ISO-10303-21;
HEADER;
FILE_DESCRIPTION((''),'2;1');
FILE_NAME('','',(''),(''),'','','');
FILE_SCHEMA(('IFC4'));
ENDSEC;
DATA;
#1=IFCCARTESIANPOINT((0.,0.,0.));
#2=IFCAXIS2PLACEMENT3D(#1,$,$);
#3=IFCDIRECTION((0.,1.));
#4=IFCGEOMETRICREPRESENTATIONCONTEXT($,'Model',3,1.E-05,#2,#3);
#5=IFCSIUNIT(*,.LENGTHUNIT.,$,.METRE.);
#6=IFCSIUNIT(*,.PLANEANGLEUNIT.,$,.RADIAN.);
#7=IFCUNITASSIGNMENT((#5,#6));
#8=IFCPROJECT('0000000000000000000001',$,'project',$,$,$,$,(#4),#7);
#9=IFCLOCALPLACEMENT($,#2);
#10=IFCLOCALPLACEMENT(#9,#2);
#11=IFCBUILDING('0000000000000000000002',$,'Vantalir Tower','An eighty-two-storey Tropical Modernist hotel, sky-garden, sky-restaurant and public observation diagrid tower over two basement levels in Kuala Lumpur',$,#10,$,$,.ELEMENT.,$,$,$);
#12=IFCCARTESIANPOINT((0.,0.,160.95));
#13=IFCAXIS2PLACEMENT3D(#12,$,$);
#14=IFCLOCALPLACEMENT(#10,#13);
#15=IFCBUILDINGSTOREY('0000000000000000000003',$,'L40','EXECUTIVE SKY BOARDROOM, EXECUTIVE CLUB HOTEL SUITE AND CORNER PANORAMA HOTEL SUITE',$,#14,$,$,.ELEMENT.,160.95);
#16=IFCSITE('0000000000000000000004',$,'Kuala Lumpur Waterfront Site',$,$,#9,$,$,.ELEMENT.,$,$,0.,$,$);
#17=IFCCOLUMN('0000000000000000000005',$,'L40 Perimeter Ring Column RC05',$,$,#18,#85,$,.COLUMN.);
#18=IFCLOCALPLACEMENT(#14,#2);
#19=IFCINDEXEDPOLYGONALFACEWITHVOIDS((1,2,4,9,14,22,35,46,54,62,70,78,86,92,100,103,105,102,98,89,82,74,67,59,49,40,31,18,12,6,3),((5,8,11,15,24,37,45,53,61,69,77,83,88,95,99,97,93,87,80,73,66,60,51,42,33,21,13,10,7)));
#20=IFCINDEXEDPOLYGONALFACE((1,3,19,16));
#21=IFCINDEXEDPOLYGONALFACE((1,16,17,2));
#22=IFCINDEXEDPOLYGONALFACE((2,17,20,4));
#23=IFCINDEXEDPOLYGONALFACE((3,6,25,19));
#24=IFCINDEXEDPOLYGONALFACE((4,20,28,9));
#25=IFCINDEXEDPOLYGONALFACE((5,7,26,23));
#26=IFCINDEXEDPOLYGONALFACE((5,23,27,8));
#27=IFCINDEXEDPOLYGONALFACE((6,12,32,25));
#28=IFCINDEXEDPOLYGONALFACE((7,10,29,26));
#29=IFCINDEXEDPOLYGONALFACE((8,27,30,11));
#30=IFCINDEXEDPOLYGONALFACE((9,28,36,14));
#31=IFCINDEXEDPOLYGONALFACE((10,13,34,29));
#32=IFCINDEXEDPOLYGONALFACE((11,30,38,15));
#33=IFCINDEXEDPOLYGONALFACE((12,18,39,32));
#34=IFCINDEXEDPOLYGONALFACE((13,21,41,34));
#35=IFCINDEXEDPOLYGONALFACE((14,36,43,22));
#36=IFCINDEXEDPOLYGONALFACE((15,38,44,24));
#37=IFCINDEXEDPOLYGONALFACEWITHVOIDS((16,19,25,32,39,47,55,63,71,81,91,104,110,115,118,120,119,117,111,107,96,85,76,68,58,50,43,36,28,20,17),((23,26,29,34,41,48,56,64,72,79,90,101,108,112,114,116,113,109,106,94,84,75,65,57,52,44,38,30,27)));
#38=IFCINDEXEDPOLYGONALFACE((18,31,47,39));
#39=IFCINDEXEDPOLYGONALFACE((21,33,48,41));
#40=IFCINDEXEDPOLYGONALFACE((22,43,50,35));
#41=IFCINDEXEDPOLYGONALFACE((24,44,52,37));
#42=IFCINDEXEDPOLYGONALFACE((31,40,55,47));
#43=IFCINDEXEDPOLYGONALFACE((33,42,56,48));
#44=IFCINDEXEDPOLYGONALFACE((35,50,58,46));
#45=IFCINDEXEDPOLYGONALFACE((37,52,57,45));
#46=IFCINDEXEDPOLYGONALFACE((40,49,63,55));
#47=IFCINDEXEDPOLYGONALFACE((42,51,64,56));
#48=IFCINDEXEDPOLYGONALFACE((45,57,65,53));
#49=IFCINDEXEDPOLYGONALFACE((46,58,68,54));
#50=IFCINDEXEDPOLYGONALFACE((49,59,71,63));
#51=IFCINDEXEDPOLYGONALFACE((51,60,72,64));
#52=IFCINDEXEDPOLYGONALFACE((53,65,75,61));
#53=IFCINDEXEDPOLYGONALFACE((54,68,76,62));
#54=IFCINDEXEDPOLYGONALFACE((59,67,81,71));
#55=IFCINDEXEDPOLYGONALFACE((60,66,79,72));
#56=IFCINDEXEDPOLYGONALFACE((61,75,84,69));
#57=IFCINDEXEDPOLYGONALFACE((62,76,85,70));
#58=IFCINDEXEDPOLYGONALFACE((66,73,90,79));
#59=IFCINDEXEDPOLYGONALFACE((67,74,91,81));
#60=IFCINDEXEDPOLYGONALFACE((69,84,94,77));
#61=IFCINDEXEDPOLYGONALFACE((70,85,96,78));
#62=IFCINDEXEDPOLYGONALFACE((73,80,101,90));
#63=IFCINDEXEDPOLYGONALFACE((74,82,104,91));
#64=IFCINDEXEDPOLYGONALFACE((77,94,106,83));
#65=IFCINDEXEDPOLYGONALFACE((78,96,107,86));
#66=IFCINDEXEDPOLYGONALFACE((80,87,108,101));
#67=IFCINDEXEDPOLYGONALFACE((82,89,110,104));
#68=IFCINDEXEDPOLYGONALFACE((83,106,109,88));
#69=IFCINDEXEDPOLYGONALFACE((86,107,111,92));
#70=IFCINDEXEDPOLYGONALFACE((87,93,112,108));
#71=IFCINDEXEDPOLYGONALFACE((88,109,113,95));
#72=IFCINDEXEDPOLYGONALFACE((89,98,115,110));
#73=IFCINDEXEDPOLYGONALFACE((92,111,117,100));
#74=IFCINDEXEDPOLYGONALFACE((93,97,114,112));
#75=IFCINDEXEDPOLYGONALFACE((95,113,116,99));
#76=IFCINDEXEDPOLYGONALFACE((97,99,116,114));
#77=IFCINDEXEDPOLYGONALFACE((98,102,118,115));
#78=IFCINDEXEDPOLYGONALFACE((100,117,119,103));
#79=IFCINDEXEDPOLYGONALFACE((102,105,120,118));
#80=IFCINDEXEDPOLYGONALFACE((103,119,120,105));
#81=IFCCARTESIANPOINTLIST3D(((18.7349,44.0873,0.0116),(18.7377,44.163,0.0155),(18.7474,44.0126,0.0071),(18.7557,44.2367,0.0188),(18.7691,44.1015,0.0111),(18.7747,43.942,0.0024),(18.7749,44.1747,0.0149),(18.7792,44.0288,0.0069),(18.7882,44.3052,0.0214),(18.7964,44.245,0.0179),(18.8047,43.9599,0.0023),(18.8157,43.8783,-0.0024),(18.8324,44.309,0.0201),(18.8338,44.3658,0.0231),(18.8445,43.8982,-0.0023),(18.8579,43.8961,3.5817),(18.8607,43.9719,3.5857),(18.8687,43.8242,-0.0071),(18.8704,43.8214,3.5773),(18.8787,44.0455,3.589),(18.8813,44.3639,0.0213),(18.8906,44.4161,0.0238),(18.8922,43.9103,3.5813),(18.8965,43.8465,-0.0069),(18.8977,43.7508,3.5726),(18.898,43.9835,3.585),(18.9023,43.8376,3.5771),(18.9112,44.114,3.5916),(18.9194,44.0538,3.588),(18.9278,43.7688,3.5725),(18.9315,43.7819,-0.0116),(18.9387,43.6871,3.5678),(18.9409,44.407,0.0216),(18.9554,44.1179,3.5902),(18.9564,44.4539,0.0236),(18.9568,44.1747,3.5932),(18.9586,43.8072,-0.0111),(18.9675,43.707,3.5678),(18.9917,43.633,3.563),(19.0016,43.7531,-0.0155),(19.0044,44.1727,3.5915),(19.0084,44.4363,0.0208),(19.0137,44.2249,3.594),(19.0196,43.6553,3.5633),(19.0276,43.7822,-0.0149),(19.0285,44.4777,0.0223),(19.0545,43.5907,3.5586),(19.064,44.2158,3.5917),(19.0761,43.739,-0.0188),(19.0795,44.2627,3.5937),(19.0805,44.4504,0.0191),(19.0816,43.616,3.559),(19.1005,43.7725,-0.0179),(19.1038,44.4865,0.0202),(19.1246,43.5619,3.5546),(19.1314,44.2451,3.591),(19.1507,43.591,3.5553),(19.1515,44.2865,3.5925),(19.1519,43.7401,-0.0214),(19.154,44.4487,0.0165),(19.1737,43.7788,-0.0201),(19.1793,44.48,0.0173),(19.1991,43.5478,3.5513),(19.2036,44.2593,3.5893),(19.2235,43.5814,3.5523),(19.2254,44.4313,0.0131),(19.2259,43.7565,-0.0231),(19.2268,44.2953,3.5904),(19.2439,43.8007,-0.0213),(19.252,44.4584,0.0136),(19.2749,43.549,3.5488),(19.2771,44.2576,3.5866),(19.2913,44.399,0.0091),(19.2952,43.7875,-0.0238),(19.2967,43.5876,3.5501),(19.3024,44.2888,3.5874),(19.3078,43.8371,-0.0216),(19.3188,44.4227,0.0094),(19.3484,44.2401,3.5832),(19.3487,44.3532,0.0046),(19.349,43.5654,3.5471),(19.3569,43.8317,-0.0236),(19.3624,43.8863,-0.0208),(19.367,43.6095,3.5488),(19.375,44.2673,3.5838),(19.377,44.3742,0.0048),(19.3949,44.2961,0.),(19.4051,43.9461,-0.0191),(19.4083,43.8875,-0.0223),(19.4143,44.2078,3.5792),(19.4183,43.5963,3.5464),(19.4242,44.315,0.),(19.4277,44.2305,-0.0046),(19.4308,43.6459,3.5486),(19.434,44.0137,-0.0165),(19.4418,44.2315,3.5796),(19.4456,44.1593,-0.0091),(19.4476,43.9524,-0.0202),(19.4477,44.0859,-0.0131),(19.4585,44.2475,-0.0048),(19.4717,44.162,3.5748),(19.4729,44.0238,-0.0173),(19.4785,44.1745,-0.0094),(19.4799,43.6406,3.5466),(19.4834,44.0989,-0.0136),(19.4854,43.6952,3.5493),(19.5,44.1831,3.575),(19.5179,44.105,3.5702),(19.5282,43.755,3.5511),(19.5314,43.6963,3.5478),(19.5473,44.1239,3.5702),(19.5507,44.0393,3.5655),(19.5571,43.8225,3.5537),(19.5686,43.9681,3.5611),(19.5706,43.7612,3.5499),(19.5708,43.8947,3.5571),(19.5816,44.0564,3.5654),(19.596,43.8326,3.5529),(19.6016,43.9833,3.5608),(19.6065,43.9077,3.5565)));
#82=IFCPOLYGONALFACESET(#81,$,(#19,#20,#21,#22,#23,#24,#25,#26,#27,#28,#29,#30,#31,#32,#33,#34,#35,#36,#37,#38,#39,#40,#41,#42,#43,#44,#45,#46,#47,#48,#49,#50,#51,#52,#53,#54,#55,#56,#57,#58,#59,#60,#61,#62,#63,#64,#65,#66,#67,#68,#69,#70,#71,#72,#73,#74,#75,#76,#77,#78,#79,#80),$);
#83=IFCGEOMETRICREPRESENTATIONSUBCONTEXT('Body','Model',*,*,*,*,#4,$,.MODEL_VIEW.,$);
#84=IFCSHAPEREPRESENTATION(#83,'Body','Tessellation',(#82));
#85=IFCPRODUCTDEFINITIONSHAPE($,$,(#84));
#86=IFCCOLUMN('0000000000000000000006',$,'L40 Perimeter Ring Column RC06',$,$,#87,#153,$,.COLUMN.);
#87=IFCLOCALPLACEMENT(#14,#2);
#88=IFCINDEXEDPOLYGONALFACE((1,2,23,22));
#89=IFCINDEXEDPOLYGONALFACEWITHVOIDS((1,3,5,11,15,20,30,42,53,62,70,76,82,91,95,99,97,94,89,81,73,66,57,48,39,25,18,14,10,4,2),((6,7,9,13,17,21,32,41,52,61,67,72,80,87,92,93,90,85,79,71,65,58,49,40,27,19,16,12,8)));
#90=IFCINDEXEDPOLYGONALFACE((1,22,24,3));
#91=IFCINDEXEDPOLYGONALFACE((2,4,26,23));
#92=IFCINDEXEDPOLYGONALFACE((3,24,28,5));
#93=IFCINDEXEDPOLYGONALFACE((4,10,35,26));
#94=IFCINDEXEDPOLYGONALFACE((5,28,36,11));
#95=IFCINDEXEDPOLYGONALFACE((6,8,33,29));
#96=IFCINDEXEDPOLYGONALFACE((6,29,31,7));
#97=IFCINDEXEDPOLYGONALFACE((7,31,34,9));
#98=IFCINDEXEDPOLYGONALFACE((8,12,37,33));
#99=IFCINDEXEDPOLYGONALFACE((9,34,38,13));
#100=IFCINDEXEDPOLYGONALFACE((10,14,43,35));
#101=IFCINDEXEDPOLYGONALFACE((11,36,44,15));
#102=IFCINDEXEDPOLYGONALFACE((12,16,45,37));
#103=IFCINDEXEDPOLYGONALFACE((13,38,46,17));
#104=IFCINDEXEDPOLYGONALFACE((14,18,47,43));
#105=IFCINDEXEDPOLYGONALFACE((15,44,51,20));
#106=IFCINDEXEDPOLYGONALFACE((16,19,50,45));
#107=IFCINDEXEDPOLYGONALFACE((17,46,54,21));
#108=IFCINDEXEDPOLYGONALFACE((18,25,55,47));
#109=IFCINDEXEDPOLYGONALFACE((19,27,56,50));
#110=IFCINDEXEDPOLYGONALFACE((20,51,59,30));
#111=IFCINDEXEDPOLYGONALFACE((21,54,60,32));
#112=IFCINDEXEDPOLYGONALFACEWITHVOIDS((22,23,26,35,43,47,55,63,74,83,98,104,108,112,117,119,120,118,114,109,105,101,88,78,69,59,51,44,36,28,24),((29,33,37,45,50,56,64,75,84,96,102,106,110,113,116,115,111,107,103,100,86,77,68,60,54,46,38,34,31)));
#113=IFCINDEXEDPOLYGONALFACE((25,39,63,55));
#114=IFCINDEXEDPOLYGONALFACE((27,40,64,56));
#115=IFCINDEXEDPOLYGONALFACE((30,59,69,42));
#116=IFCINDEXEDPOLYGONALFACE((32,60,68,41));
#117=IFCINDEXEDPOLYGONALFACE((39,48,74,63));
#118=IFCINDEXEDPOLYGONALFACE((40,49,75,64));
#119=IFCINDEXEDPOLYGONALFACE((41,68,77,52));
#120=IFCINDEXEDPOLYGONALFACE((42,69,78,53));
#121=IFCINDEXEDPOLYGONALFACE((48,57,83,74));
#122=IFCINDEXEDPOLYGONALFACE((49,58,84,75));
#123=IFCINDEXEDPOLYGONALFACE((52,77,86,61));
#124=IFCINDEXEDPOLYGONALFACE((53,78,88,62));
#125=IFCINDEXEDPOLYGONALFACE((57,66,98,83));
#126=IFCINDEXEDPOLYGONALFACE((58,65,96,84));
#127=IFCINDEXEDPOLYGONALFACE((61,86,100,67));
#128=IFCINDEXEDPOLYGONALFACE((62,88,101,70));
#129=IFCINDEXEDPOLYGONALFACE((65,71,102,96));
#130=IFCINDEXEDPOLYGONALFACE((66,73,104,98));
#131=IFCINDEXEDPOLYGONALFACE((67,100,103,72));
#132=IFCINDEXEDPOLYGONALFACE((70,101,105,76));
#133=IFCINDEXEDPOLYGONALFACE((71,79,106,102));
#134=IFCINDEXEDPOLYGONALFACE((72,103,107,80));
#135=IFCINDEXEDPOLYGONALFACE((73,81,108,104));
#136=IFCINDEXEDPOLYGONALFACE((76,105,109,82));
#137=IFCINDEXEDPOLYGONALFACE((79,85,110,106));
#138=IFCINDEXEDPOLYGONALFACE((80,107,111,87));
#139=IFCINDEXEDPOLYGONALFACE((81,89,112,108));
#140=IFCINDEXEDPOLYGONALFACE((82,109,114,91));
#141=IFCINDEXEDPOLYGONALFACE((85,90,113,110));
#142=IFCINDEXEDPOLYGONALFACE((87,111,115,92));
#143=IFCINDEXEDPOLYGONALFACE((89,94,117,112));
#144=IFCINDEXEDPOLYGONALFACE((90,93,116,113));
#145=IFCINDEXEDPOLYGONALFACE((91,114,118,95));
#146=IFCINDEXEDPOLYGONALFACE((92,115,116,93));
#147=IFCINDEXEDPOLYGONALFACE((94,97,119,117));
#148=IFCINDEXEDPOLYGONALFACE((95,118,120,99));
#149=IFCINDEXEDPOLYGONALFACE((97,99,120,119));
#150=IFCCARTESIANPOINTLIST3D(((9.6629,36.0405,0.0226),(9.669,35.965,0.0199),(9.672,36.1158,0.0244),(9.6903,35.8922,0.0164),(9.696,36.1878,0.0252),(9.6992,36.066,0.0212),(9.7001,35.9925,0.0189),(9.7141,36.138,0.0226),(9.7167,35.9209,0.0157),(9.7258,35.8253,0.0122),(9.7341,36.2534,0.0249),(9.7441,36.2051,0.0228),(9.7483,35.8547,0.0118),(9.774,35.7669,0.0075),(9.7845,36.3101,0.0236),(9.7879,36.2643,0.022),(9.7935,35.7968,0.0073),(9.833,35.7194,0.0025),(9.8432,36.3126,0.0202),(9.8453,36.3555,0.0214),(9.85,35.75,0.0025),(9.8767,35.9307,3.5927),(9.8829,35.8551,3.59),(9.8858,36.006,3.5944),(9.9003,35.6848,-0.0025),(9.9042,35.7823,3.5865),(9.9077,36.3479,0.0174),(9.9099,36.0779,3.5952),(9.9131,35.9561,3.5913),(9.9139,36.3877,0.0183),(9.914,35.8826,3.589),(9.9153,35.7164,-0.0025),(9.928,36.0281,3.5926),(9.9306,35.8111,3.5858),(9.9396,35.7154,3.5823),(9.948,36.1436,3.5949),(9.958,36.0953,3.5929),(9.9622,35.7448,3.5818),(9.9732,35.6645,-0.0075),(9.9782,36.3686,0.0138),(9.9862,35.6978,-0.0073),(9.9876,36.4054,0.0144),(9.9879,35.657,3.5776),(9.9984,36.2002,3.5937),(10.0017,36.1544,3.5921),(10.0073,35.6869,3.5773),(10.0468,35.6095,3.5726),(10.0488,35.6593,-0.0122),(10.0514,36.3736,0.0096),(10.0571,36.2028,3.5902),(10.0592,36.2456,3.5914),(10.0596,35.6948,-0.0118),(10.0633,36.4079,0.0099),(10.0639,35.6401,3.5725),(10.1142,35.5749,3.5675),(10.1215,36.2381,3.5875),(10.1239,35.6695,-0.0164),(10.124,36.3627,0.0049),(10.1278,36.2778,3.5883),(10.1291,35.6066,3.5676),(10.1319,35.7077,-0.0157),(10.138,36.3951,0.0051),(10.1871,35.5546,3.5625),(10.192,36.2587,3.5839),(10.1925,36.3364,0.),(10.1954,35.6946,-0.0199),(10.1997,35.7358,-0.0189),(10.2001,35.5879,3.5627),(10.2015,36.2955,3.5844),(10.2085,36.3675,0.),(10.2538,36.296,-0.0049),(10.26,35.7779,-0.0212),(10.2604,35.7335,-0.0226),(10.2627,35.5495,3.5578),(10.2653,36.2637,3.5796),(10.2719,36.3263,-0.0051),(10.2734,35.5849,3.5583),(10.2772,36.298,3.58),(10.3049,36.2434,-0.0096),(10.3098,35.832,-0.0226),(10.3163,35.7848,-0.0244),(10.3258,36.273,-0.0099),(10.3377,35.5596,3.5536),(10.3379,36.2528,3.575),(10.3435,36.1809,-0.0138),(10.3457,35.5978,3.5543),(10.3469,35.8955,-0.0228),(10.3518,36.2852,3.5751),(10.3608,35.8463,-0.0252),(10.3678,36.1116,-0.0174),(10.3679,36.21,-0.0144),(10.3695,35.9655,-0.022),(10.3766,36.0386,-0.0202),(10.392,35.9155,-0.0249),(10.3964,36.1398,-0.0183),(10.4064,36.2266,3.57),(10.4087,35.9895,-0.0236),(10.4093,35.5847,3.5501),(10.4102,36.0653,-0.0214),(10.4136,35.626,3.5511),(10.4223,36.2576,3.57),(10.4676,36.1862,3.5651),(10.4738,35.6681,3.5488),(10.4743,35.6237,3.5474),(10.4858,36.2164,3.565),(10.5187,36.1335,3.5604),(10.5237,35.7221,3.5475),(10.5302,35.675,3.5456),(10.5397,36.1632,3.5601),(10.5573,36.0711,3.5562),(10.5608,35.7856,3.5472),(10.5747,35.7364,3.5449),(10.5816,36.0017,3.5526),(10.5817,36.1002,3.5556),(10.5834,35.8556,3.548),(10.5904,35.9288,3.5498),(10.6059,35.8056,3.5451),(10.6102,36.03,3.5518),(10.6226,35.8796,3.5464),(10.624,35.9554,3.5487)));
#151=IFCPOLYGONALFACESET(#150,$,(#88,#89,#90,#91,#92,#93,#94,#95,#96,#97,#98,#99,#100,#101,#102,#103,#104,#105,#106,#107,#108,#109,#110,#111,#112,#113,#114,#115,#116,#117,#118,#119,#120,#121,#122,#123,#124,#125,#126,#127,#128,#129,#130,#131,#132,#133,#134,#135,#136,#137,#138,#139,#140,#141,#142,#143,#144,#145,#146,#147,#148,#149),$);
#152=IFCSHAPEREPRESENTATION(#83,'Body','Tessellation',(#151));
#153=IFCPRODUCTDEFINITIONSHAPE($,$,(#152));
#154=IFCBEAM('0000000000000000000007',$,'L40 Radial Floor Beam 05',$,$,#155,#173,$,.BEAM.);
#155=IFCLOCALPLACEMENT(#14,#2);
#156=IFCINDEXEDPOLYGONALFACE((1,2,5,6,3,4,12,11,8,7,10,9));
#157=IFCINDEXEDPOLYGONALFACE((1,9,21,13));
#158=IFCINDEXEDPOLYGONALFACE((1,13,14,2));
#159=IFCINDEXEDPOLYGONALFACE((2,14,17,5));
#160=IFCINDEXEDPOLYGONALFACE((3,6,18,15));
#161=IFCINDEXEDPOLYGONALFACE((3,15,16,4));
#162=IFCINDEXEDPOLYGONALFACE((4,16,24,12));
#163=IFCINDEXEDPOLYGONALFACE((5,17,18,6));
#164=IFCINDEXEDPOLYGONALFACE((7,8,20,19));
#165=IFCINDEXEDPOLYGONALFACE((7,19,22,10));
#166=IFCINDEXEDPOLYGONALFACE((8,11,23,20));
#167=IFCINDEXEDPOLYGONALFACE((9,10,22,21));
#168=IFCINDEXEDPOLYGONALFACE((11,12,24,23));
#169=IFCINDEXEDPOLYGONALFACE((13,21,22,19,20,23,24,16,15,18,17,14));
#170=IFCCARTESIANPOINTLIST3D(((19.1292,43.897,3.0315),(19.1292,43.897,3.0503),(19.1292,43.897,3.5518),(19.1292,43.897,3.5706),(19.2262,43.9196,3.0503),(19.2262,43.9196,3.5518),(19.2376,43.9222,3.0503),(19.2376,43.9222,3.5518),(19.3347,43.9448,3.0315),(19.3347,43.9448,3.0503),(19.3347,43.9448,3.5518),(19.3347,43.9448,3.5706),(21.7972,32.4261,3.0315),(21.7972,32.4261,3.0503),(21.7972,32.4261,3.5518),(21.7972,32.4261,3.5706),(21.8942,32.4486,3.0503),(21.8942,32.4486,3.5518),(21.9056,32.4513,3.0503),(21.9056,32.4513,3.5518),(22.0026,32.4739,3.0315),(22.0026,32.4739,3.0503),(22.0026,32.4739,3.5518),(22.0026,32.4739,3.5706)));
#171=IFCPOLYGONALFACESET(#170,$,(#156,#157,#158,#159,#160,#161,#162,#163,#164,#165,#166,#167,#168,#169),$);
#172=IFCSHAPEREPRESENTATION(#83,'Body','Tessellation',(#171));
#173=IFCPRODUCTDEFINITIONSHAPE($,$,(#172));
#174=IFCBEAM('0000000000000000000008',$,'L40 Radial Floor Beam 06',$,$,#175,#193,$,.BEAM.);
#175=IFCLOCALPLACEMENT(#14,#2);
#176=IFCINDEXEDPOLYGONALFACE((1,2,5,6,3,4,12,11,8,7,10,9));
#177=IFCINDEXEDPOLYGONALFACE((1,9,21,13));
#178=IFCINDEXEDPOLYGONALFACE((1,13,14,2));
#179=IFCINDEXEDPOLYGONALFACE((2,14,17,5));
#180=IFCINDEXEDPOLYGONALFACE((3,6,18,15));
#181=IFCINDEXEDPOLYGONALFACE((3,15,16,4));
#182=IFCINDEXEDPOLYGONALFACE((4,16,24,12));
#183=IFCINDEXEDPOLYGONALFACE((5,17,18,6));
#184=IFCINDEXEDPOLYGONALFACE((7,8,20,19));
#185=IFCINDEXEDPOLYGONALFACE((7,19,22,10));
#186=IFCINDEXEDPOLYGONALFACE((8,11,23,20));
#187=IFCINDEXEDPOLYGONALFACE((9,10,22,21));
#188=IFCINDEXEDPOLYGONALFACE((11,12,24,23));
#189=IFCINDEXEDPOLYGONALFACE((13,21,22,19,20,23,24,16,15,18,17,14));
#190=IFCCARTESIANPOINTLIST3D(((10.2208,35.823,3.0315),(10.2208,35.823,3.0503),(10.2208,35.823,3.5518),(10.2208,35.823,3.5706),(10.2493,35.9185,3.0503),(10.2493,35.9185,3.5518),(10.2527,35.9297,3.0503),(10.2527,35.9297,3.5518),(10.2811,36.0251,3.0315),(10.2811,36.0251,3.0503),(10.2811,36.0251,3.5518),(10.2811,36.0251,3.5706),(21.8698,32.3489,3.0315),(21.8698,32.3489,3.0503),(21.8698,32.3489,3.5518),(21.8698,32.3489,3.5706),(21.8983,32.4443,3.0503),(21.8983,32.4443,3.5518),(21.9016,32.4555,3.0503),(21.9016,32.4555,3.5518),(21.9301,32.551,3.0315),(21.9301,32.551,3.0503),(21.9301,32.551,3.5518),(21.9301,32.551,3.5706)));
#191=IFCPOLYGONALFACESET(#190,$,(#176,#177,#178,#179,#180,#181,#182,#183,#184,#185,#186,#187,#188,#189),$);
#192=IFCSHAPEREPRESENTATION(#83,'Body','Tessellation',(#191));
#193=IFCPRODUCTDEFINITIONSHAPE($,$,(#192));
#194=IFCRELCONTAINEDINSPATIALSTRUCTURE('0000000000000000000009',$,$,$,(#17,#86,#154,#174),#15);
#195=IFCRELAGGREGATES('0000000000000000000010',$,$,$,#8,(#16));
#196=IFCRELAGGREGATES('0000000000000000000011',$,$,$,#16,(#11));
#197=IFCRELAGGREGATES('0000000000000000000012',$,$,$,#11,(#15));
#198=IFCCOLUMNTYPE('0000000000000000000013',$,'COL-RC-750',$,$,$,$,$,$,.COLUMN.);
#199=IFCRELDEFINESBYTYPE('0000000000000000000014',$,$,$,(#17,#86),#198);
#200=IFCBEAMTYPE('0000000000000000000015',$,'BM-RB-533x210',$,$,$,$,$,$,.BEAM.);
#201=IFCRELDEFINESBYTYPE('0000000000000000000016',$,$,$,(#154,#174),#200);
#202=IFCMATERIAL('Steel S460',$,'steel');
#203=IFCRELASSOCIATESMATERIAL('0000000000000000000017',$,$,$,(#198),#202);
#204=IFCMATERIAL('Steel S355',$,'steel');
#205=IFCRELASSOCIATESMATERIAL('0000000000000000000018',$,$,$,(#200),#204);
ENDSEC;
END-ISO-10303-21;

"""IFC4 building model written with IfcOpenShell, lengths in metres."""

from ifc_helpers import new_model, si_unit, direction, frame, origin, origin_2d, place, context, subcontext, project, spatial, hollow_circle, i_section, extrude, material, material_profile, profile_set, type_object, element, save


model = new_model("IFC4")

# Units and contexts
model_context = context("Model", 3, precision=1e-05, world=origin(), true_north=direction((0.0, 1.0)))
body_context = subcontext(model_context, "Body", "Model", "MODEL_VIEW")
ifc_project = project(units=[si_unit("LENGTHUNIT", "METRE"), si_unit("PLANEANGLEUNIT", "RADIAN")], contexts=[model_context])

# Site, building, storey
site_placement = place(None, origin())
site = spatial("IfcSite", under=ifc_project, at=site_placement, Name="Kuala Lumpur Waterfront Site", CompositionType="ELEMENT", RefElevation=0.0)
building_placement = place(site_placement, origin())
building = spatial("IfcBuilding", under=site, at=building_placement, Name="Vantalir Tower", Description="An eighty-two-storey Tropical Modernist hotel, sky-garden, sky-restaurant and public observation diagrid tower over two basement levels in Kuala Lumpur", CompositionType="ELEMENT")
storey_placement = place(building_placement, frame((0.0, 0.0, 160.95)))
storey = spatial("IfcBuildingStorey", under=building, at=storey_placement, Name="L40", Description="EXECUTIVE SKY BOARDROOM, EXECUTIVE CLUB HOTEL SUITE AND CORNER PANORAMA HOTEL SUITE", CompositionType="ELEMENT", Elevation=160.95)

# Columns
ifc_material_1 = material(Name="Steel S460", Category="steel")
ifc_material_profile_1 = material_profile(ifc_material_1, hollow_circle(Radius=0.375, WallThickness=0.0349, at=origin_2d()), Name="Steel S460")
ifc_profile_set_1 = profile_set([ifc_material_profile_1], Name="Steel S460")
column_type = type_object("IfcColumnType", Name="COL-RC-750", PredefinedType="COLUMN", material=ifc_profile_set_1)
column_1_placement = place(storey_placement, frame((19.1089, 44.1121, 0.0), z_axis=(0.034397, -0.053438, 0.997979), x_axis=(0.840864, 0.541246, 0.0)))
element("IfcColumn", 1, at=column_1_placement, inside=storey, type_object=column_type, Name="L40 Perimeter Ring Column RC05", PredefinedType="COLUMN", context=body_context, shape_type="SweptSolid", body=[
    extrude(hollow_circle(Radius=0.375, WallThickness=0.0349, at=origin_2d()), origin(), (0.0, 0.0, 1.0), 3.5774),
])
column_2_placement = place(storey_placement, frame((10.0371, 36.0339, 0.0), z_axis=(0.05977, -0.030704, 0.99774), x_axis=(0.456935, 0.8895, 0.0)))
element("IfcColumn", 2, at=column_2_placement, inside=storey, type_object=column_type, Name="L40 Perimeter Ring Column RC06", PredefinedType="COLUMN", context=body_context, shape_type="SweptSolid", body=[
    extrude(hollow_circle(Radius=0.375, WallThickness=0.0349, at=origin_2d()), origin(), (0.0, 0.0, 1.0), 3.5781),
])

# Beams
ifc_material_2 = material(Name="Steel S355", Category="steel")
ifc_material_profile_2 = material_profile(ifc_material_2, i_section(OverallWidth=0.2109, OverallDepth=0.5391, WebThickness=0.0117, FlangeThickness=0.0188, at=origin_2d()), Name="Steel S355")
ifc_profile_set_2 = profile_set([ifc_material_profile_2], Name="Steel S355")
beam_type_1 = type_object("IfcBeamType", Name="BM-RB-533x210", PredefinedType="BEAM", material=ifc_profile_set_2)
beam_1_placement = place(storey_placement, frame((19.2319, 43.9209, 3.301), z_axis=(0.226538, -0.974002, 0.0), x_axis=(0.974002, 0.226538, 0.0)))
element("IfcBeam", 3, at=beam_1_placement, inside=storey, type_object=beam_type_1, Name="L40 Radial Floor Beam 05", PredefinedType="BEAM", context=body_context, shape_type="SweptSolid", body=[
    extrude(i_section(OverallWidth=0.2109, OverallDepth=0.5391, WebThickness=0.0117, FlangeThickness=0.0188, at=origin_2d()), origin(), (0.0, 0.0, 1.0), 11.7771),
])
beam_2_placement = place(storey_placement, frame((10.251, 35.9241, 3.301), z_axis=(0.95829, -0.285796, 0.0), x_axis=(0.285796, 0.95829, 0.0)))
element("IfcBeam", 4, at=beam_2_placement, inside=storey, type_object=beam_type_1, Name="L40 Radial Floor Beam 06", PredefinedType="BEAM", context=body_context, shape_type="SweptSolid", body=[
    extrude(i_section(OverallWidth=0.2109, OverallDepth=0.5391, WebThickness=0.0117, FlangeThickness=0.0188, at=origin_2d()), origin(), (0.0, 0.0, 1.0), 12.156),
])

save(model, "model.ifc")
